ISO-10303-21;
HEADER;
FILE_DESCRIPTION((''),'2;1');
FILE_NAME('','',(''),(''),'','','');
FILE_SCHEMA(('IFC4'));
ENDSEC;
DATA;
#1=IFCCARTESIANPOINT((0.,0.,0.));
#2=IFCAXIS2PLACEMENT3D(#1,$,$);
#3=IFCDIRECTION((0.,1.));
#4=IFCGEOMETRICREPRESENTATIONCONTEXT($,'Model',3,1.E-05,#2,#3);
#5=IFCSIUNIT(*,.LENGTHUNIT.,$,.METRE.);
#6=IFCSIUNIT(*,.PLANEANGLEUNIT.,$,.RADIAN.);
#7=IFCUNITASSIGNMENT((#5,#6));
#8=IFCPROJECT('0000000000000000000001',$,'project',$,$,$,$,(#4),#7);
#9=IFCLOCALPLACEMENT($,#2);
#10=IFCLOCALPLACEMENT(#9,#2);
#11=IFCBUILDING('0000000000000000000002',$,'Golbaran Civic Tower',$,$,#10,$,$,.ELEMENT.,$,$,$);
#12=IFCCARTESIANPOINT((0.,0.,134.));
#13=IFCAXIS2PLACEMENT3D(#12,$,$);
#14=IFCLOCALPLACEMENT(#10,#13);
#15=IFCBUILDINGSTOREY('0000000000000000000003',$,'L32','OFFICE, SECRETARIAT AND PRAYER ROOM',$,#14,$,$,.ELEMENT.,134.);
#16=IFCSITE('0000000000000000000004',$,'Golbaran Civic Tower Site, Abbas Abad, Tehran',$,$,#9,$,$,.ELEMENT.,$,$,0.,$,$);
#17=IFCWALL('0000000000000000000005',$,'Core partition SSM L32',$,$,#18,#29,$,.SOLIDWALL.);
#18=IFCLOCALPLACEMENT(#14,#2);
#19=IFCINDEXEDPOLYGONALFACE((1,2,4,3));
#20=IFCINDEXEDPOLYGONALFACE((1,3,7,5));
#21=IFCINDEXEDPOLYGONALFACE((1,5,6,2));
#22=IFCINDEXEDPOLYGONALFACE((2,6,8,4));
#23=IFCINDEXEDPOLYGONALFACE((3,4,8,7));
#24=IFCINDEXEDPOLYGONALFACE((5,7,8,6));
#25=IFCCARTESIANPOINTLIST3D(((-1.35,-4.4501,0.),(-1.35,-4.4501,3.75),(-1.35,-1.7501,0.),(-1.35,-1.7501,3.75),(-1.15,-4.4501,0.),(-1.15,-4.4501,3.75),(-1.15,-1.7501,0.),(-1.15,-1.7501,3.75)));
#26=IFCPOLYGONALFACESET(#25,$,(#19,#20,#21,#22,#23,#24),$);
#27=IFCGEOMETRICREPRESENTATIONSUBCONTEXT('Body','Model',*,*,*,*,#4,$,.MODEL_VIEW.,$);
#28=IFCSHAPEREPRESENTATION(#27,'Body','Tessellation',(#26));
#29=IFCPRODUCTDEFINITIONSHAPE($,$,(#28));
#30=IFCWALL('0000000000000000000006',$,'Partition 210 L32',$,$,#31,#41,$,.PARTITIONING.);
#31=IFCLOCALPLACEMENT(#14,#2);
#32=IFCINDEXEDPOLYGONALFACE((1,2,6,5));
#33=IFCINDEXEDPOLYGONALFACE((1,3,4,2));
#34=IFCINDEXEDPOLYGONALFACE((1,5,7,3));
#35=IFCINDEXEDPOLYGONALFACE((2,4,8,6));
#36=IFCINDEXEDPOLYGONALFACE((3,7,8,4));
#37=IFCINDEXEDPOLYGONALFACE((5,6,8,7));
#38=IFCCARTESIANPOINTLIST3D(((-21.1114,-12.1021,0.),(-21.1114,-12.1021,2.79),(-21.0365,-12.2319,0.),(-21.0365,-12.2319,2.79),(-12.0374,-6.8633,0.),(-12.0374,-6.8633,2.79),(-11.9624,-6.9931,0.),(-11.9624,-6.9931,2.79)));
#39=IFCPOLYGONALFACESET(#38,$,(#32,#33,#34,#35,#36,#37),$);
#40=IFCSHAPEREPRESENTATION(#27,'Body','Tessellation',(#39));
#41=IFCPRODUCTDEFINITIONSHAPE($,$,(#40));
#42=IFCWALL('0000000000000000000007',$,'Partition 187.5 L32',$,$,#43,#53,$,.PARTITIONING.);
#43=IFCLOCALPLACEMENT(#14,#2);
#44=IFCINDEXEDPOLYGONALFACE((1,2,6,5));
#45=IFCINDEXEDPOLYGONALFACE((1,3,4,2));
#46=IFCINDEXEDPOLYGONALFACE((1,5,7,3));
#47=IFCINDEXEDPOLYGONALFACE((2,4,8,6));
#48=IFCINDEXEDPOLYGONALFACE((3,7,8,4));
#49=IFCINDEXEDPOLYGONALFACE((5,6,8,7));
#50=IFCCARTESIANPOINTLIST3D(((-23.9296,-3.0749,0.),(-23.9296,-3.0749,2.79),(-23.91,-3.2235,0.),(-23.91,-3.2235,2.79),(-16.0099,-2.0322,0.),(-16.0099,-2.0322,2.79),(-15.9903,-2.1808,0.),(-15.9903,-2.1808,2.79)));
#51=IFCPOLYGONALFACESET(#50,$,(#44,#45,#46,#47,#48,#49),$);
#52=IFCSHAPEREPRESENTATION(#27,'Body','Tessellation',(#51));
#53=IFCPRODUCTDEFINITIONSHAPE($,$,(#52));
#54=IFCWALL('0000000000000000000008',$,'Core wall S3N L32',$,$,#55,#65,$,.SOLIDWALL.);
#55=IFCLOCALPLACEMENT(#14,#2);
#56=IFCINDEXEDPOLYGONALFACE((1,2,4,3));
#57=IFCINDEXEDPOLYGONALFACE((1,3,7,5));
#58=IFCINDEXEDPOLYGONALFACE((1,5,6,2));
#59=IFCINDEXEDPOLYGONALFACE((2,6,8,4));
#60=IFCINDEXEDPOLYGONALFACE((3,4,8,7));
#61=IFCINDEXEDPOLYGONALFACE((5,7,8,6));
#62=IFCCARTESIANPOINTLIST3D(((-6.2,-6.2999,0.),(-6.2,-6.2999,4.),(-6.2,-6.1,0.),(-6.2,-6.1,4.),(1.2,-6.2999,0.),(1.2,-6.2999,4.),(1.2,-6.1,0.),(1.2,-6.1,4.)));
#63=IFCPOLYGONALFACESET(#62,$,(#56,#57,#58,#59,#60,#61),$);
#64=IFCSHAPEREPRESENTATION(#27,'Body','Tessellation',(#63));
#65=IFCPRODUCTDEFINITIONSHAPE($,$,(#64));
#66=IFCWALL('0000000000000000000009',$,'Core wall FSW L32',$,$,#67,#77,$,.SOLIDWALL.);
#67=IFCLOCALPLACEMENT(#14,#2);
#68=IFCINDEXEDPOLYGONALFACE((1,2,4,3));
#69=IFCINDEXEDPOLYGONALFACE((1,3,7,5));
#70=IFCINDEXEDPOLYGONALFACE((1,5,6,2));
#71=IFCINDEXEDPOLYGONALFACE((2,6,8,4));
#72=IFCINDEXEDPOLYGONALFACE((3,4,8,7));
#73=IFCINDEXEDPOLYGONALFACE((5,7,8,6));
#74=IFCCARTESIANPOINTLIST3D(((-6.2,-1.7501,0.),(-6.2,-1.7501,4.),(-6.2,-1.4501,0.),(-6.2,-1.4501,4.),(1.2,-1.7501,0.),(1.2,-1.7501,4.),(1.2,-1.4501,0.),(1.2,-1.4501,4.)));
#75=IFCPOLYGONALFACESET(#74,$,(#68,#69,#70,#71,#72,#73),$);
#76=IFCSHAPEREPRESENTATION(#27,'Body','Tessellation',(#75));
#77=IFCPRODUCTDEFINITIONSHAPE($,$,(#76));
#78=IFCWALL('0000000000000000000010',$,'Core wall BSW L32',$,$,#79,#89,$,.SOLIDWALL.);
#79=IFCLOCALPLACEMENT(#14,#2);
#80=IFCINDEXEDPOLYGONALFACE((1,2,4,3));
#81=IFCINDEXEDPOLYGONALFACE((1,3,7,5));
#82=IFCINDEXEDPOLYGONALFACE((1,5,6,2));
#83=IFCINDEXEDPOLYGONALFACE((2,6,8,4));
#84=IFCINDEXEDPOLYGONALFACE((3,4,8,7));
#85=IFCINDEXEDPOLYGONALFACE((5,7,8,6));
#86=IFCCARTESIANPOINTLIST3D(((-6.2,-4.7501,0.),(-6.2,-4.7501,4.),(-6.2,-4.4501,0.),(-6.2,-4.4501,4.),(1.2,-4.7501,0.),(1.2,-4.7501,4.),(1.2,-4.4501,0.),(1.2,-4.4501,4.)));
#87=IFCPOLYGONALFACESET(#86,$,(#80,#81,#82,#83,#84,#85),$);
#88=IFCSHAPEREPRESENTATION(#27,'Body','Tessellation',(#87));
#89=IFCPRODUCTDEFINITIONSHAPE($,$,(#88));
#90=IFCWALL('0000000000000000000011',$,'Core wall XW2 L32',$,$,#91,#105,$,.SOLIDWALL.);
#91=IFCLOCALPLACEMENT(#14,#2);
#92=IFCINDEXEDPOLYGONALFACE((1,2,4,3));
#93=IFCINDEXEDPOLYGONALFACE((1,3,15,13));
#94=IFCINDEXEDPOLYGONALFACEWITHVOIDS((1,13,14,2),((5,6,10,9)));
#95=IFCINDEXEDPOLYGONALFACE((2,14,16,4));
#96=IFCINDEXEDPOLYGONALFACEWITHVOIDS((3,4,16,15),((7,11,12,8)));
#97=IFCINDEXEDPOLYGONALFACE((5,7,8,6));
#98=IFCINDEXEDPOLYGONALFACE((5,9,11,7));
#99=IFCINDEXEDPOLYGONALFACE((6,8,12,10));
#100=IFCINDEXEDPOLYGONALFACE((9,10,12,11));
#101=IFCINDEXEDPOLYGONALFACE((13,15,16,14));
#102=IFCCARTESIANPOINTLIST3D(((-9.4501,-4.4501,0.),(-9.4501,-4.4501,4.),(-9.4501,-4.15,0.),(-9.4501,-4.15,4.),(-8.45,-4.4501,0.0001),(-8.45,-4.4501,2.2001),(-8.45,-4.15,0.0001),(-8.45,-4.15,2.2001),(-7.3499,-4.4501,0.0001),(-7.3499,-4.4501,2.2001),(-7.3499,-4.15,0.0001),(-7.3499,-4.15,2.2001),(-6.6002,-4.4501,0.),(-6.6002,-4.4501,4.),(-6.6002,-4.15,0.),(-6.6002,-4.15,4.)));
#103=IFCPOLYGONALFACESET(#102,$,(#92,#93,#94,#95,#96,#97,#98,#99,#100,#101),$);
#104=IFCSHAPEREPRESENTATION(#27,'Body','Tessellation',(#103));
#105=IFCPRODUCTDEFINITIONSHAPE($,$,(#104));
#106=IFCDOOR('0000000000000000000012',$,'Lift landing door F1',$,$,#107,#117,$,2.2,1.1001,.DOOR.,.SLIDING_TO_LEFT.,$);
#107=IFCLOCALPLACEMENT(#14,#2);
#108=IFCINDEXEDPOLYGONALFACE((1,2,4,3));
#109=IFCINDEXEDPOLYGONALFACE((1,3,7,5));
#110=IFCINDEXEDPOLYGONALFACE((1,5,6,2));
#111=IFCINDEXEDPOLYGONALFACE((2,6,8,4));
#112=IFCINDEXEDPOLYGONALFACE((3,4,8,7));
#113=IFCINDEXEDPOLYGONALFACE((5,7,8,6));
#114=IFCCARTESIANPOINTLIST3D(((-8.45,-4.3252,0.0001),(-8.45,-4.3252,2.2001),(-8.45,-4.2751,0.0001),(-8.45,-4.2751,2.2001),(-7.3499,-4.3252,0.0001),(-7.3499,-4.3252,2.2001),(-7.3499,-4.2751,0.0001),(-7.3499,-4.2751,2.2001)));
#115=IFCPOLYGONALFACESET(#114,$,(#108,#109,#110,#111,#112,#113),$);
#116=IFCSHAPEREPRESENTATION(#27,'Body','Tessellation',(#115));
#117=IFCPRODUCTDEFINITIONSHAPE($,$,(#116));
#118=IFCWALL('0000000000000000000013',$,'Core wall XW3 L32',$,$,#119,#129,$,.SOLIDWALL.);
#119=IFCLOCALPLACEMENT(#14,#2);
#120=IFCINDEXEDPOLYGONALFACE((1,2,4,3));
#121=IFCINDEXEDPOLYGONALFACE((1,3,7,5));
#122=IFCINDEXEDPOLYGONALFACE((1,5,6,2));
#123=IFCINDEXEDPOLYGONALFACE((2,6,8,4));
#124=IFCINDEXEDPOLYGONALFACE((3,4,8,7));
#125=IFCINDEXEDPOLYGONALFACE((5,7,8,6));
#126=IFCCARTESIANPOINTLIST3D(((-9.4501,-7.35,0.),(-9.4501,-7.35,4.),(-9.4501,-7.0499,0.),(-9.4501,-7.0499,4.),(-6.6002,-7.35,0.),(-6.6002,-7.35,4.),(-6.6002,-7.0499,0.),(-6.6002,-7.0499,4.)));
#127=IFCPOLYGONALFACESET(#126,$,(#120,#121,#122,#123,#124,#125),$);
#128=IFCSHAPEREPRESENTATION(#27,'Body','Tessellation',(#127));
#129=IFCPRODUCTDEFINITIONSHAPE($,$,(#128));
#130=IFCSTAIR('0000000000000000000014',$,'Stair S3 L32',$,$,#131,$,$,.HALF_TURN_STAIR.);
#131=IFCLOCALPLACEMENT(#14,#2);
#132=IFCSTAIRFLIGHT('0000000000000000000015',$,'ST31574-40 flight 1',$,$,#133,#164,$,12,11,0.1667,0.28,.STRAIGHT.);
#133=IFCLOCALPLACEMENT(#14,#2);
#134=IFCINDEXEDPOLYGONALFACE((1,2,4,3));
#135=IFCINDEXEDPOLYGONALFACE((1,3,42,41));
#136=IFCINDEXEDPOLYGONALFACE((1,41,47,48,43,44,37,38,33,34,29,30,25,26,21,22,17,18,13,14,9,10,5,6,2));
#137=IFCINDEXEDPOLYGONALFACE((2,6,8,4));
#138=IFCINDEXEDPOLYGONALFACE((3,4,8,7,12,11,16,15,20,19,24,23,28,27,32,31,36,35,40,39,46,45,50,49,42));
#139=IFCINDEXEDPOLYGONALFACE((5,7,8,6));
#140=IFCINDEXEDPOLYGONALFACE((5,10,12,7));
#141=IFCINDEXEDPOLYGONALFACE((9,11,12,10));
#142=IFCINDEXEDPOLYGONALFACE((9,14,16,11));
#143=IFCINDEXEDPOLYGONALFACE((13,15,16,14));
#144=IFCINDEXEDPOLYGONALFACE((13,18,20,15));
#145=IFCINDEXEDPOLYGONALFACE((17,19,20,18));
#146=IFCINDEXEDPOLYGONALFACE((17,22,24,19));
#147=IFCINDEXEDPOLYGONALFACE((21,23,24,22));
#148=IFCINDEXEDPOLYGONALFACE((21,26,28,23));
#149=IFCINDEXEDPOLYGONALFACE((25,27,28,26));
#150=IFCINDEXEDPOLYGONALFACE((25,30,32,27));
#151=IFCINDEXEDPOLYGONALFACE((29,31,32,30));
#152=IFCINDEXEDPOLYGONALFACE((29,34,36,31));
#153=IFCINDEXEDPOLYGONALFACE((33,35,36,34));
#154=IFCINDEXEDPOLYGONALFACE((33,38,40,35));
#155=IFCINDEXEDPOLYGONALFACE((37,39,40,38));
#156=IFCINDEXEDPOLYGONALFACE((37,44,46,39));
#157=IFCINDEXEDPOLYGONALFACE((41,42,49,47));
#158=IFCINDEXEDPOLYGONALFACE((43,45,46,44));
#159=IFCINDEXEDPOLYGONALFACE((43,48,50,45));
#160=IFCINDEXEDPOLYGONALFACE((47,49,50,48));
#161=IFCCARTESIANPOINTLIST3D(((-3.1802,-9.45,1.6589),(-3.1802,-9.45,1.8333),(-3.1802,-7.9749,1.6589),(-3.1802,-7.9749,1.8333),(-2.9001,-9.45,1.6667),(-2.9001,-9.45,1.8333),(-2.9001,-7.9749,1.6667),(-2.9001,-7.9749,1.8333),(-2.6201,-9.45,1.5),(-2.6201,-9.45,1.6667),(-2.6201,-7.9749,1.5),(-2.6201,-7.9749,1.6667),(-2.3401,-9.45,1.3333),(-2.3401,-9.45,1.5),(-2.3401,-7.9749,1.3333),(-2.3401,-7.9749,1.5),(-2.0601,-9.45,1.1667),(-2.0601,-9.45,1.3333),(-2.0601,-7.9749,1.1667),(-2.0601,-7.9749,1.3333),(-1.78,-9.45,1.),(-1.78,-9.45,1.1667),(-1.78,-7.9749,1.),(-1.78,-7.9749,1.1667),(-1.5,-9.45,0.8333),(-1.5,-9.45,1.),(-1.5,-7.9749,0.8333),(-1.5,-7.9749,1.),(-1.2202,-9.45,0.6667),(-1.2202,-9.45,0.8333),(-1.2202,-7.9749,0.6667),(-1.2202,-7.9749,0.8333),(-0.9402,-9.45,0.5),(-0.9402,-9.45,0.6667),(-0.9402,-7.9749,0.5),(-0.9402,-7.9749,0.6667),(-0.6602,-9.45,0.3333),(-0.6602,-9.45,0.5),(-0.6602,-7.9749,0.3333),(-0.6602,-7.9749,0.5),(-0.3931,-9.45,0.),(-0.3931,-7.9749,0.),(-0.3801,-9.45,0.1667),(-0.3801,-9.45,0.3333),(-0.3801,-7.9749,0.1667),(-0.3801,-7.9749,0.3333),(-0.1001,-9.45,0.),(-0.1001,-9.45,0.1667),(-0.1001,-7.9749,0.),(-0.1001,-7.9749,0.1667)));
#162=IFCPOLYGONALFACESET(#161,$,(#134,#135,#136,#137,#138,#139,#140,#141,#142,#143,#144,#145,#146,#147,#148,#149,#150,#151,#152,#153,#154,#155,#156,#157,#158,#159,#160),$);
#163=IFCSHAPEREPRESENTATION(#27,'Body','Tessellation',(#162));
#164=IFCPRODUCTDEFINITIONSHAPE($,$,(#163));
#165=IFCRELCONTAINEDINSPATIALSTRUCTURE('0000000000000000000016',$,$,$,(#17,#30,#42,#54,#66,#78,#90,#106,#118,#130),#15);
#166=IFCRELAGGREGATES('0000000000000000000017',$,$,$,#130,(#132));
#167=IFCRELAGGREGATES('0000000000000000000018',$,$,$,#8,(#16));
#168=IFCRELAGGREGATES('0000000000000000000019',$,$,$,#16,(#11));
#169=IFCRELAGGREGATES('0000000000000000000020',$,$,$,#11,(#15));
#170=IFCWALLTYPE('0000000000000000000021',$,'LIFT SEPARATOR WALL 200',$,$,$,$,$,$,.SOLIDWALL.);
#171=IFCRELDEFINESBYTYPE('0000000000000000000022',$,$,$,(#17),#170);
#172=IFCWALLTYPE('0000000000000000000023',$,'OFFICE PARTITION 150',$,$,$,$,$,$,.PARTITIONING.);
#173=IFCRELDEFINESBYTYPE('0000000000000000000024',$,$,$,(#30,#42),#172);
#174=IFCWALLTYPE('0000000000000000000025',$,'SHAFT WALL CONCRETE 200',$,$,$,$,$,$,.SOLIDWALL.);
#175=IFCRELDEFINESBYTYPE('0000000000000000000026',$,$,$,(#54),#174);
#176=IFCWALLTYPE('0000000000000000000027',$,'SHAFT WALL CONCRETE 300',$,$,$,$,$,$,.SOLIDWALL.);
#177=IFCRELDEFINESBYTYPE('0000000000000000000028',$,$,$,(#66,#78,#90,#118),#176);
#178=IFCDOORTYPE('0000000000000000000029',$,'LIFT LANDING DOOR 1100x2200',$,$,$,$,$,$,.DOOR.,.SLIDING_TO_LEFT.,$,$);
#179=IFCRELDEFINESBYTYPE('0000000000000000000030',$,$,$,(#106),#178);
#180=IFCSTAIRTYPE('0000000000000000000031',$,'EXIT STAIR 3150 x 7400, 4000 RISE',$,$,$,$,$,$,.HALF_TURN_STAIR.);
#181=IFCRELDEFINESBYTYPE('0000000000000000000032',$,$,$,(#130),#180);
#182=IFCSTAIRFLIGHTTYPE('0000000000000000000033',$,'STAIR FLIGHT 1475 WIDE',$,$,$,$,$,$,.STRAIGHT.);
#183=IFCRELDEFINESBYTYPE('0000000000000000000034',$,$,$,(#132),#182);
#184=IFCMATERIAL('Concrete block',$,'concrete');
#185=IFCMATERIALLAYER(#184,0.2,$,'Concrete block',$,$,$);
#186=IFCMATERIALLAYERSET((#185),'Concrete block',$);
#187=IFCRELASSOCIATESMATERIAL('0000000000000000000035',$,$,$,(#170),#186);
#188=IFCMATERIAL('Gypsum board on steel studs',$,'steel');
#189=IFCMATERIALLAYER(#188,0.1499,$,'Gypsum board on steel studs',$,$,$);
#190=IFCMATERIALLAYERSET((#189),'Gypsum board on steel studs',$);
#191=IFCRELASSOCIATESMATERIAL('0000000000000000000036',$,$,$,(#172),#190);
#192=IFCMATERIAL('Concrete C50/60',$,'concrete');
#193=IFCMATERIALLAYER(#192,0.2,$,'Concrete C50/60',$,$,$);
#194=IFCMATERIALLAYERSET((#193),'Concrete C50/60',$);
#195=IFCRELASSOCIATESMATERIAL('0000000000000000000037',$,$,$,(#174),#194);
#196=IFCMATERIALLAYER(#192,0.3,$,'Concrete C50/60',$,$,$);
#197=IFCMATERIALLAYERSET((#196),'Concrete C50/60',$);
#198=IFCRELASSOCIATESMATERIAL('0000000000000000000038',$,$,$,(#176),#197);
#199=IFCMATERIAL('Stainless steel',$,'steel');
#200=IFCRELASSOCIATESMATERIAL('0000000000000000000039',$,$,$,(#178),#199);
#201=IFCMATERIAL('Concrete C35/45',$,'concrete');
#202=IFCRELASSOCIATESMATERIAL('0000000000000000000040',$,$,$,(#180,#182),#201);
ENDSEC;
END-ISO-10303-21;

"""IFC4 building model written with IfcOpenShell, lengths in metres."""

from ifc_helpers import new_model, si_unit, direction, frame, frame_2d, origin, place, context, subcontext, project, spatial, polyline, rectangle, outline, extrude, material, layer, layer_set, type_object, element, fill, aggregate, save


model = new_model("IFC4")

# Units and contexts
model_context = context("Model", 3, precision=1e-05, world=origin(), true_north=direction((0.0, 1.0)))
body_context = subcontext(model_context, "Body", "Model", "MODEL_VIEW")
ifc_project = project(units=[si_unit("LENGTHUNIT", "METRE"), si_unit("PLANEANGLEUNIT", "RADIAN")], contexts=[model_context])

# Site, building, storey
site_placement = place(None, origin())
site = spatial("IfcSite", under=ifc_project, at=site_placement, Name="Golbaran Civic Tower Site, Abbas Abad, Tehran", CompositionType="ELEMENT", RefElevation=0.0)
building_placement = place(site_placement, origin())
building = spatial("IfcBuilding", under=site, at=building_placement, Name="Golbaran Civic Tower", CompositionType="ELEMENT")
storey_placement = place(building_placement, frame((0.0, 0.0, 134.0)))
storey = spatial("IfcBuildingStorey", under=building, at=storey_placement, Name="L32", Description="OFFICE, SECRETARIAT AND PRAYER ROOM", CompositionType="ELEMENT", Elevation=134.0)

# Shared definitions
ifc_material_1 = material(Name="Concrete C50/60", Category="concrete")

# Walls
ifc_material_2 = material(Name="Concrete block", Category="concrete")
ifc_layer_1 = layer(ifc_material_2, 0.2, Name="Concrete block")
ifc_layer_set_1 = layer_set([ifc_layer_1], Name="Concrete block")
wall_type_1 = type_object("IfcWallType", Name="LIFT SEPARATOR WALL 200", PredefinedType="SOLIDWALL", material=ifc_layer_set_1)
for number, where, z_axis, x_axis, name in (
    (1, (-1.25, -1.75, 0.0), (0.0, 0.0, 1.0), (0.0, -1.0, 0.0), "Core partition SSM L32"),
):
    element("IfcWall", number, at=place(storey_placement, frame(where, z_axis=z_axis, x_axis=x_axis)), inside=storey, type_object=wall_type_1, Name=name, PredefinedType="SOLIDWALL", context=body_context, shape_type="SweptSolid", body=[
        extrude(rectangle(XDim=2.7, YDim=0.2, at=frame_2d((1.3501, 0.0))), origin(), (0.0, 0.0, 1.0), 3.75),
    ])
ifc_material_3 = material(Name="Gypsum board on steel studs", Category="steel")
ifc_layer_2 = layer(ifc_material_3, 0.1499, Name="Gypsum board on steel studs")
ifc_layer_set_2 = layer_set([ifc_layer_2], Name="Gypsum board on steel studs")
wall_type_2 = type_object("IfcWallType", Name="OFFICE PARTITION 150", PredefinedType="PARTITIONING", material=ifc_layer_set_2)
wall_1_placement = place(storey_placement, frame((-12.0, -6.9282, 0.0), z_axis=(0.0, 0.0, 1.0), x_axis=(-0.866029, -0.499993, 0.0)))
element("IfcWall", 2, at=wall_1_placement, inside=storey, type_object=wall_type_2, Name="Partition 210 L32", PredefinedType="PARTITIONING", context=body_context, shape_type="SweptSolid", body=[
    extrude(rectangle(XDim=10.4778, YDim=0.1499, at=frame_2d((5.2388, 0.0))), origin(), (0.0, 0.0, 1.0), 2.79),
])
wall_2_placement = place(storey_placement, frame((-16.0, -2.1064, 0.0), z_axis=(0.0, 0.0, 1.0), x_axis=(-0.991444, -0.130536, 0.0)))
element("IfcWall", 3, at=wall_2_placement, inside=storey, type_object=wall_type_2, Name="Partition 187.5 L32", PredefinedType="PARTITIONING", context=body_context, shape_type="SweptSolid", body=[
    extrude(rectangle(XDim=7.988, YDim=0.1499, at=frame_2d((3.9941, 0.0))), origin(), (0.0, 0.0, 1.0), 2.79),
])
ifc_layer_3 = layer(ifc_material_1, 0.2, Name="Concrete C50/60")
ifc_layer_set_3 = layer_set([ifc_layer_3], Name="Concrete C50/60")
wall_type_3 = type_object("IfcWallType", Name="SHAFT WALL CONCRETE 200", PredefinedType="SOLIDWALL", material=ifc_layer_set_3)
wall_3_placement = place(storey_placement, frame((-6.2, -6.2, 0.0), z_axis=(0.0, 0.0, 1.0), x_axis=(1.0, 0.0, 0.0)))
element("IfcWall", 4, at=wall_3_placement, inside=storey, type_object=wall_type_3, Name="Core wall S3N L32", PredefinedType="SOLIDWALL", context=body_context, shape_type="SweptSolid", body=[
    extrude(rectangle(XDim=7.3999, YDim=0.2, at=frame_2d((3.7, 0.0))), origin(), (0.0, 0.0, 1.0), 4.0),
])
ifc_layer_4 = layer(ifc_material_1, 0.3, Name="Concrete C50/60")
ifc_layer_set_4 = layer_set([ifc_layer_4], Name="Concrete C50/60")
wall_type_4 = type_object("IfcWallType", Name="SHAFT WALL CONCRETE 300", PredefinedType="SOLIDWALL", material=ifc_layer_set_4)
for number, where, z_axis, x_axis, name in (
    (5, (-6.2, -1.6001, 0.0), (0.0, 0.0, 1.0), (1.0, 0.0, 0.0), "Core wall FSW L32"),
    (6, (-6.2, -4.6001, 0.0), (0.0, 0.0, 1.0), (1.0, 0.0, 0.0), "Core wall BSW L32"),
):
    element("IfcWall", number, at=place(storey_placement, frame(where, z_axis=z_axis, x_axis=x_axis)), inside=storey, type_object=wall_type_4, Name=name, PredefinedType="SOLIDWALL", context=body_context, shape_type="SweptSolid", body=[
        extrude(rectangle(XDim=7.3999, YDim=0.3, at=frame_2d((3.7, 0.0))), origin(), (0.0, 0.0, 1.0), 4.0),
    ])

# Wall, opening, door
wall_4_placement = place(storey_placement, frame((-9.45, -4.3, 0.0), z_axis=(0.0, 0.0, 1.0), x_axis=(1.0, 0.0, 0.0)))
wall_4 = element("IfcWall", 7, at=wall_4_placement, inside=storey, type_object=wall_type_4, Name="Core wall XW2 L32", PredefinedType="SOLIDWALL", context=body_context, shape_type="SweptSolid", body=[
    extrude(rectangle(XDim=2.8499, YDim=0.3, at=frame_2d((1.4248, 0.0))), origin(), (0.0, 0.0, 1.0), 4.0),
])
opening_1_placement = place(wall_4_placement, frame((1.0, 0.0, 0.0)))
opening_1 = element("IfcOpeningElement", 8, at=opening_1_placement, cuts=wall_4, PredefinedType="OPENING", context=body_context, shape_type="SweptSolid", body=[
    extrude(rectangle(XDim=1.1001, YDim=2.2, at=frame_2d((0.55, 1.1001))), frame((0.0, 0.1599, 0.0), z_axis=(0.0, -1.0, 0.0), x_axis=(1.0, 0.0, 0.0)), (0.0, 0.0, 1.0), 0.3201),
])
ifc_material_4 = material(Name="Stainless steel", Category="steel")
door_type_1 = type_object("IfcDoorType", Name="LIFT LANDING DOOR 1100x2200", OperationType="SLIDING_TO_LEFT", PredefinedType="DOOR", material=ifc_material_4)
door_1_placement = place(opening_1_placement, origin())
door_1 = element("IfcDoor", 9, at=door_1_placement, inside=storey, type_object=door_type_1, Name="Lift landing door F1", OperationType="SLIDING_TO_LEFT", OverallHeight=2.2, OverallWidth=1.1001, PredefinedType="DOOR", context=body_context, shape_type="SweptSolid", body=[
    extrude(rectangle(XDim=1.1001, YDim=2.2, at=frame_2d((0.55, 1.1001))), frame((0.0, 0.0249, 0.0), z_axis=(0.0, -1.0, 0.0), x_axis=(1.0, 0.0, 0.0)), (0.0, 0.0, 1.0), 0.05),
])
fill(opening_1, door_1)

# Wall
wall_5_placement = place(storey_placement, frame((-9.45, -7.2, 0.0), z_axis=(0.0, 0.0, 1.0), x_axis=(1.0, 0.0, 0.0)))
element("IfcWall", 10, at=wall_5_placement, inside=storey, type_object=wall_type_4, Name="Core wall XW3 L32", PredefinedType="SOLIDWALL", context=body_context, shape_type="SweptSolid", body=[
    extrude(rectangle(XDim=2.8499, YDim=0.3, at=frame_2d((1.4248, 0.0))), origin(), (0.0, 0.0, 1.0), 4.0),
])

# Stair, stair flight
ifc_material_5 = material(Name="Concrete C35/45", Category="concrete")
stair_type = type_object("IfcStairType", Name="EXIT STAIR 3150 x 7400, 4000 RISE", PredefinedType="HALF_TURN_STAIR", material=ifc_material_5)
stair_placement = place(storey_placement, origin())
stair = element("IfcStair", 11, at=stair_placement, inside=storey, type_object=stair_type, Name="Stair S3 L32", PredefinedType="HALF_TURN_STAIR")
stair_flight_type = type_object("IfcStairFlightType", Name="STAIR FLIGHT 1475 WIDE", PredefinedType="STRAIGHT", material=ifc_material_5)
stair_flight_1_placement = place(storey_placement, frame((-0.1001, -8.7124, 0.0), z_axis=(0.0, 0.0, 1.0), x_axis=(-1.0, 0.0, 0.0)))
stair_flight_1 = element("IfcStairFlight", 12, at=stair_flight_1_placement, type_object=stair_flight_type, Name="ST31574-40 flight 1", NumberOfRisers=12, NumberOfTreads=11, PredefinedType="STRAIGHT", RiserHeight=0.1667, TreadLength=0.28, context=body_context, shape_type="SweptSolid", body=[
    extrude(outline(polyline([(0.0, 0.0), (0.0, 0.1667), (0.28, 0.1667), (0.28, 0.3333), (0.5601, 0.3333), (0.5601, 0.5), (0.8401, 0.5), (0.8401, 0.6667), (1.1201, 0.6667), (1.1201, 0.8333), (1.3999, 0.8333), (1.3999, 1.0), (1.6799, 1.0), (1.6799, 1.1667), (1.96, 1.1667), (1.96, 1.3333), (2.24, 1.3333), (2.24, 1.5), (2.52, 1.5), (2.52, 1.6667), (2.8, 1.6667), (2.8, 1.8333), (3.0801, 1.8333), (3.0801, 2.0), (3.0801, 1.6589), (0.293, 0.0), (0.0, 0.0)])), frame((0.0, 0.7375, 0.0), z_axis=(0.0, -1.0, 0.0), x_axis=(1.0, 0.0, 0.0)), (0.0, 0.0, 1.0), 1.4751),
])
aggregate(stair, [stair_flight_1])

save(model, "model.ifc")
